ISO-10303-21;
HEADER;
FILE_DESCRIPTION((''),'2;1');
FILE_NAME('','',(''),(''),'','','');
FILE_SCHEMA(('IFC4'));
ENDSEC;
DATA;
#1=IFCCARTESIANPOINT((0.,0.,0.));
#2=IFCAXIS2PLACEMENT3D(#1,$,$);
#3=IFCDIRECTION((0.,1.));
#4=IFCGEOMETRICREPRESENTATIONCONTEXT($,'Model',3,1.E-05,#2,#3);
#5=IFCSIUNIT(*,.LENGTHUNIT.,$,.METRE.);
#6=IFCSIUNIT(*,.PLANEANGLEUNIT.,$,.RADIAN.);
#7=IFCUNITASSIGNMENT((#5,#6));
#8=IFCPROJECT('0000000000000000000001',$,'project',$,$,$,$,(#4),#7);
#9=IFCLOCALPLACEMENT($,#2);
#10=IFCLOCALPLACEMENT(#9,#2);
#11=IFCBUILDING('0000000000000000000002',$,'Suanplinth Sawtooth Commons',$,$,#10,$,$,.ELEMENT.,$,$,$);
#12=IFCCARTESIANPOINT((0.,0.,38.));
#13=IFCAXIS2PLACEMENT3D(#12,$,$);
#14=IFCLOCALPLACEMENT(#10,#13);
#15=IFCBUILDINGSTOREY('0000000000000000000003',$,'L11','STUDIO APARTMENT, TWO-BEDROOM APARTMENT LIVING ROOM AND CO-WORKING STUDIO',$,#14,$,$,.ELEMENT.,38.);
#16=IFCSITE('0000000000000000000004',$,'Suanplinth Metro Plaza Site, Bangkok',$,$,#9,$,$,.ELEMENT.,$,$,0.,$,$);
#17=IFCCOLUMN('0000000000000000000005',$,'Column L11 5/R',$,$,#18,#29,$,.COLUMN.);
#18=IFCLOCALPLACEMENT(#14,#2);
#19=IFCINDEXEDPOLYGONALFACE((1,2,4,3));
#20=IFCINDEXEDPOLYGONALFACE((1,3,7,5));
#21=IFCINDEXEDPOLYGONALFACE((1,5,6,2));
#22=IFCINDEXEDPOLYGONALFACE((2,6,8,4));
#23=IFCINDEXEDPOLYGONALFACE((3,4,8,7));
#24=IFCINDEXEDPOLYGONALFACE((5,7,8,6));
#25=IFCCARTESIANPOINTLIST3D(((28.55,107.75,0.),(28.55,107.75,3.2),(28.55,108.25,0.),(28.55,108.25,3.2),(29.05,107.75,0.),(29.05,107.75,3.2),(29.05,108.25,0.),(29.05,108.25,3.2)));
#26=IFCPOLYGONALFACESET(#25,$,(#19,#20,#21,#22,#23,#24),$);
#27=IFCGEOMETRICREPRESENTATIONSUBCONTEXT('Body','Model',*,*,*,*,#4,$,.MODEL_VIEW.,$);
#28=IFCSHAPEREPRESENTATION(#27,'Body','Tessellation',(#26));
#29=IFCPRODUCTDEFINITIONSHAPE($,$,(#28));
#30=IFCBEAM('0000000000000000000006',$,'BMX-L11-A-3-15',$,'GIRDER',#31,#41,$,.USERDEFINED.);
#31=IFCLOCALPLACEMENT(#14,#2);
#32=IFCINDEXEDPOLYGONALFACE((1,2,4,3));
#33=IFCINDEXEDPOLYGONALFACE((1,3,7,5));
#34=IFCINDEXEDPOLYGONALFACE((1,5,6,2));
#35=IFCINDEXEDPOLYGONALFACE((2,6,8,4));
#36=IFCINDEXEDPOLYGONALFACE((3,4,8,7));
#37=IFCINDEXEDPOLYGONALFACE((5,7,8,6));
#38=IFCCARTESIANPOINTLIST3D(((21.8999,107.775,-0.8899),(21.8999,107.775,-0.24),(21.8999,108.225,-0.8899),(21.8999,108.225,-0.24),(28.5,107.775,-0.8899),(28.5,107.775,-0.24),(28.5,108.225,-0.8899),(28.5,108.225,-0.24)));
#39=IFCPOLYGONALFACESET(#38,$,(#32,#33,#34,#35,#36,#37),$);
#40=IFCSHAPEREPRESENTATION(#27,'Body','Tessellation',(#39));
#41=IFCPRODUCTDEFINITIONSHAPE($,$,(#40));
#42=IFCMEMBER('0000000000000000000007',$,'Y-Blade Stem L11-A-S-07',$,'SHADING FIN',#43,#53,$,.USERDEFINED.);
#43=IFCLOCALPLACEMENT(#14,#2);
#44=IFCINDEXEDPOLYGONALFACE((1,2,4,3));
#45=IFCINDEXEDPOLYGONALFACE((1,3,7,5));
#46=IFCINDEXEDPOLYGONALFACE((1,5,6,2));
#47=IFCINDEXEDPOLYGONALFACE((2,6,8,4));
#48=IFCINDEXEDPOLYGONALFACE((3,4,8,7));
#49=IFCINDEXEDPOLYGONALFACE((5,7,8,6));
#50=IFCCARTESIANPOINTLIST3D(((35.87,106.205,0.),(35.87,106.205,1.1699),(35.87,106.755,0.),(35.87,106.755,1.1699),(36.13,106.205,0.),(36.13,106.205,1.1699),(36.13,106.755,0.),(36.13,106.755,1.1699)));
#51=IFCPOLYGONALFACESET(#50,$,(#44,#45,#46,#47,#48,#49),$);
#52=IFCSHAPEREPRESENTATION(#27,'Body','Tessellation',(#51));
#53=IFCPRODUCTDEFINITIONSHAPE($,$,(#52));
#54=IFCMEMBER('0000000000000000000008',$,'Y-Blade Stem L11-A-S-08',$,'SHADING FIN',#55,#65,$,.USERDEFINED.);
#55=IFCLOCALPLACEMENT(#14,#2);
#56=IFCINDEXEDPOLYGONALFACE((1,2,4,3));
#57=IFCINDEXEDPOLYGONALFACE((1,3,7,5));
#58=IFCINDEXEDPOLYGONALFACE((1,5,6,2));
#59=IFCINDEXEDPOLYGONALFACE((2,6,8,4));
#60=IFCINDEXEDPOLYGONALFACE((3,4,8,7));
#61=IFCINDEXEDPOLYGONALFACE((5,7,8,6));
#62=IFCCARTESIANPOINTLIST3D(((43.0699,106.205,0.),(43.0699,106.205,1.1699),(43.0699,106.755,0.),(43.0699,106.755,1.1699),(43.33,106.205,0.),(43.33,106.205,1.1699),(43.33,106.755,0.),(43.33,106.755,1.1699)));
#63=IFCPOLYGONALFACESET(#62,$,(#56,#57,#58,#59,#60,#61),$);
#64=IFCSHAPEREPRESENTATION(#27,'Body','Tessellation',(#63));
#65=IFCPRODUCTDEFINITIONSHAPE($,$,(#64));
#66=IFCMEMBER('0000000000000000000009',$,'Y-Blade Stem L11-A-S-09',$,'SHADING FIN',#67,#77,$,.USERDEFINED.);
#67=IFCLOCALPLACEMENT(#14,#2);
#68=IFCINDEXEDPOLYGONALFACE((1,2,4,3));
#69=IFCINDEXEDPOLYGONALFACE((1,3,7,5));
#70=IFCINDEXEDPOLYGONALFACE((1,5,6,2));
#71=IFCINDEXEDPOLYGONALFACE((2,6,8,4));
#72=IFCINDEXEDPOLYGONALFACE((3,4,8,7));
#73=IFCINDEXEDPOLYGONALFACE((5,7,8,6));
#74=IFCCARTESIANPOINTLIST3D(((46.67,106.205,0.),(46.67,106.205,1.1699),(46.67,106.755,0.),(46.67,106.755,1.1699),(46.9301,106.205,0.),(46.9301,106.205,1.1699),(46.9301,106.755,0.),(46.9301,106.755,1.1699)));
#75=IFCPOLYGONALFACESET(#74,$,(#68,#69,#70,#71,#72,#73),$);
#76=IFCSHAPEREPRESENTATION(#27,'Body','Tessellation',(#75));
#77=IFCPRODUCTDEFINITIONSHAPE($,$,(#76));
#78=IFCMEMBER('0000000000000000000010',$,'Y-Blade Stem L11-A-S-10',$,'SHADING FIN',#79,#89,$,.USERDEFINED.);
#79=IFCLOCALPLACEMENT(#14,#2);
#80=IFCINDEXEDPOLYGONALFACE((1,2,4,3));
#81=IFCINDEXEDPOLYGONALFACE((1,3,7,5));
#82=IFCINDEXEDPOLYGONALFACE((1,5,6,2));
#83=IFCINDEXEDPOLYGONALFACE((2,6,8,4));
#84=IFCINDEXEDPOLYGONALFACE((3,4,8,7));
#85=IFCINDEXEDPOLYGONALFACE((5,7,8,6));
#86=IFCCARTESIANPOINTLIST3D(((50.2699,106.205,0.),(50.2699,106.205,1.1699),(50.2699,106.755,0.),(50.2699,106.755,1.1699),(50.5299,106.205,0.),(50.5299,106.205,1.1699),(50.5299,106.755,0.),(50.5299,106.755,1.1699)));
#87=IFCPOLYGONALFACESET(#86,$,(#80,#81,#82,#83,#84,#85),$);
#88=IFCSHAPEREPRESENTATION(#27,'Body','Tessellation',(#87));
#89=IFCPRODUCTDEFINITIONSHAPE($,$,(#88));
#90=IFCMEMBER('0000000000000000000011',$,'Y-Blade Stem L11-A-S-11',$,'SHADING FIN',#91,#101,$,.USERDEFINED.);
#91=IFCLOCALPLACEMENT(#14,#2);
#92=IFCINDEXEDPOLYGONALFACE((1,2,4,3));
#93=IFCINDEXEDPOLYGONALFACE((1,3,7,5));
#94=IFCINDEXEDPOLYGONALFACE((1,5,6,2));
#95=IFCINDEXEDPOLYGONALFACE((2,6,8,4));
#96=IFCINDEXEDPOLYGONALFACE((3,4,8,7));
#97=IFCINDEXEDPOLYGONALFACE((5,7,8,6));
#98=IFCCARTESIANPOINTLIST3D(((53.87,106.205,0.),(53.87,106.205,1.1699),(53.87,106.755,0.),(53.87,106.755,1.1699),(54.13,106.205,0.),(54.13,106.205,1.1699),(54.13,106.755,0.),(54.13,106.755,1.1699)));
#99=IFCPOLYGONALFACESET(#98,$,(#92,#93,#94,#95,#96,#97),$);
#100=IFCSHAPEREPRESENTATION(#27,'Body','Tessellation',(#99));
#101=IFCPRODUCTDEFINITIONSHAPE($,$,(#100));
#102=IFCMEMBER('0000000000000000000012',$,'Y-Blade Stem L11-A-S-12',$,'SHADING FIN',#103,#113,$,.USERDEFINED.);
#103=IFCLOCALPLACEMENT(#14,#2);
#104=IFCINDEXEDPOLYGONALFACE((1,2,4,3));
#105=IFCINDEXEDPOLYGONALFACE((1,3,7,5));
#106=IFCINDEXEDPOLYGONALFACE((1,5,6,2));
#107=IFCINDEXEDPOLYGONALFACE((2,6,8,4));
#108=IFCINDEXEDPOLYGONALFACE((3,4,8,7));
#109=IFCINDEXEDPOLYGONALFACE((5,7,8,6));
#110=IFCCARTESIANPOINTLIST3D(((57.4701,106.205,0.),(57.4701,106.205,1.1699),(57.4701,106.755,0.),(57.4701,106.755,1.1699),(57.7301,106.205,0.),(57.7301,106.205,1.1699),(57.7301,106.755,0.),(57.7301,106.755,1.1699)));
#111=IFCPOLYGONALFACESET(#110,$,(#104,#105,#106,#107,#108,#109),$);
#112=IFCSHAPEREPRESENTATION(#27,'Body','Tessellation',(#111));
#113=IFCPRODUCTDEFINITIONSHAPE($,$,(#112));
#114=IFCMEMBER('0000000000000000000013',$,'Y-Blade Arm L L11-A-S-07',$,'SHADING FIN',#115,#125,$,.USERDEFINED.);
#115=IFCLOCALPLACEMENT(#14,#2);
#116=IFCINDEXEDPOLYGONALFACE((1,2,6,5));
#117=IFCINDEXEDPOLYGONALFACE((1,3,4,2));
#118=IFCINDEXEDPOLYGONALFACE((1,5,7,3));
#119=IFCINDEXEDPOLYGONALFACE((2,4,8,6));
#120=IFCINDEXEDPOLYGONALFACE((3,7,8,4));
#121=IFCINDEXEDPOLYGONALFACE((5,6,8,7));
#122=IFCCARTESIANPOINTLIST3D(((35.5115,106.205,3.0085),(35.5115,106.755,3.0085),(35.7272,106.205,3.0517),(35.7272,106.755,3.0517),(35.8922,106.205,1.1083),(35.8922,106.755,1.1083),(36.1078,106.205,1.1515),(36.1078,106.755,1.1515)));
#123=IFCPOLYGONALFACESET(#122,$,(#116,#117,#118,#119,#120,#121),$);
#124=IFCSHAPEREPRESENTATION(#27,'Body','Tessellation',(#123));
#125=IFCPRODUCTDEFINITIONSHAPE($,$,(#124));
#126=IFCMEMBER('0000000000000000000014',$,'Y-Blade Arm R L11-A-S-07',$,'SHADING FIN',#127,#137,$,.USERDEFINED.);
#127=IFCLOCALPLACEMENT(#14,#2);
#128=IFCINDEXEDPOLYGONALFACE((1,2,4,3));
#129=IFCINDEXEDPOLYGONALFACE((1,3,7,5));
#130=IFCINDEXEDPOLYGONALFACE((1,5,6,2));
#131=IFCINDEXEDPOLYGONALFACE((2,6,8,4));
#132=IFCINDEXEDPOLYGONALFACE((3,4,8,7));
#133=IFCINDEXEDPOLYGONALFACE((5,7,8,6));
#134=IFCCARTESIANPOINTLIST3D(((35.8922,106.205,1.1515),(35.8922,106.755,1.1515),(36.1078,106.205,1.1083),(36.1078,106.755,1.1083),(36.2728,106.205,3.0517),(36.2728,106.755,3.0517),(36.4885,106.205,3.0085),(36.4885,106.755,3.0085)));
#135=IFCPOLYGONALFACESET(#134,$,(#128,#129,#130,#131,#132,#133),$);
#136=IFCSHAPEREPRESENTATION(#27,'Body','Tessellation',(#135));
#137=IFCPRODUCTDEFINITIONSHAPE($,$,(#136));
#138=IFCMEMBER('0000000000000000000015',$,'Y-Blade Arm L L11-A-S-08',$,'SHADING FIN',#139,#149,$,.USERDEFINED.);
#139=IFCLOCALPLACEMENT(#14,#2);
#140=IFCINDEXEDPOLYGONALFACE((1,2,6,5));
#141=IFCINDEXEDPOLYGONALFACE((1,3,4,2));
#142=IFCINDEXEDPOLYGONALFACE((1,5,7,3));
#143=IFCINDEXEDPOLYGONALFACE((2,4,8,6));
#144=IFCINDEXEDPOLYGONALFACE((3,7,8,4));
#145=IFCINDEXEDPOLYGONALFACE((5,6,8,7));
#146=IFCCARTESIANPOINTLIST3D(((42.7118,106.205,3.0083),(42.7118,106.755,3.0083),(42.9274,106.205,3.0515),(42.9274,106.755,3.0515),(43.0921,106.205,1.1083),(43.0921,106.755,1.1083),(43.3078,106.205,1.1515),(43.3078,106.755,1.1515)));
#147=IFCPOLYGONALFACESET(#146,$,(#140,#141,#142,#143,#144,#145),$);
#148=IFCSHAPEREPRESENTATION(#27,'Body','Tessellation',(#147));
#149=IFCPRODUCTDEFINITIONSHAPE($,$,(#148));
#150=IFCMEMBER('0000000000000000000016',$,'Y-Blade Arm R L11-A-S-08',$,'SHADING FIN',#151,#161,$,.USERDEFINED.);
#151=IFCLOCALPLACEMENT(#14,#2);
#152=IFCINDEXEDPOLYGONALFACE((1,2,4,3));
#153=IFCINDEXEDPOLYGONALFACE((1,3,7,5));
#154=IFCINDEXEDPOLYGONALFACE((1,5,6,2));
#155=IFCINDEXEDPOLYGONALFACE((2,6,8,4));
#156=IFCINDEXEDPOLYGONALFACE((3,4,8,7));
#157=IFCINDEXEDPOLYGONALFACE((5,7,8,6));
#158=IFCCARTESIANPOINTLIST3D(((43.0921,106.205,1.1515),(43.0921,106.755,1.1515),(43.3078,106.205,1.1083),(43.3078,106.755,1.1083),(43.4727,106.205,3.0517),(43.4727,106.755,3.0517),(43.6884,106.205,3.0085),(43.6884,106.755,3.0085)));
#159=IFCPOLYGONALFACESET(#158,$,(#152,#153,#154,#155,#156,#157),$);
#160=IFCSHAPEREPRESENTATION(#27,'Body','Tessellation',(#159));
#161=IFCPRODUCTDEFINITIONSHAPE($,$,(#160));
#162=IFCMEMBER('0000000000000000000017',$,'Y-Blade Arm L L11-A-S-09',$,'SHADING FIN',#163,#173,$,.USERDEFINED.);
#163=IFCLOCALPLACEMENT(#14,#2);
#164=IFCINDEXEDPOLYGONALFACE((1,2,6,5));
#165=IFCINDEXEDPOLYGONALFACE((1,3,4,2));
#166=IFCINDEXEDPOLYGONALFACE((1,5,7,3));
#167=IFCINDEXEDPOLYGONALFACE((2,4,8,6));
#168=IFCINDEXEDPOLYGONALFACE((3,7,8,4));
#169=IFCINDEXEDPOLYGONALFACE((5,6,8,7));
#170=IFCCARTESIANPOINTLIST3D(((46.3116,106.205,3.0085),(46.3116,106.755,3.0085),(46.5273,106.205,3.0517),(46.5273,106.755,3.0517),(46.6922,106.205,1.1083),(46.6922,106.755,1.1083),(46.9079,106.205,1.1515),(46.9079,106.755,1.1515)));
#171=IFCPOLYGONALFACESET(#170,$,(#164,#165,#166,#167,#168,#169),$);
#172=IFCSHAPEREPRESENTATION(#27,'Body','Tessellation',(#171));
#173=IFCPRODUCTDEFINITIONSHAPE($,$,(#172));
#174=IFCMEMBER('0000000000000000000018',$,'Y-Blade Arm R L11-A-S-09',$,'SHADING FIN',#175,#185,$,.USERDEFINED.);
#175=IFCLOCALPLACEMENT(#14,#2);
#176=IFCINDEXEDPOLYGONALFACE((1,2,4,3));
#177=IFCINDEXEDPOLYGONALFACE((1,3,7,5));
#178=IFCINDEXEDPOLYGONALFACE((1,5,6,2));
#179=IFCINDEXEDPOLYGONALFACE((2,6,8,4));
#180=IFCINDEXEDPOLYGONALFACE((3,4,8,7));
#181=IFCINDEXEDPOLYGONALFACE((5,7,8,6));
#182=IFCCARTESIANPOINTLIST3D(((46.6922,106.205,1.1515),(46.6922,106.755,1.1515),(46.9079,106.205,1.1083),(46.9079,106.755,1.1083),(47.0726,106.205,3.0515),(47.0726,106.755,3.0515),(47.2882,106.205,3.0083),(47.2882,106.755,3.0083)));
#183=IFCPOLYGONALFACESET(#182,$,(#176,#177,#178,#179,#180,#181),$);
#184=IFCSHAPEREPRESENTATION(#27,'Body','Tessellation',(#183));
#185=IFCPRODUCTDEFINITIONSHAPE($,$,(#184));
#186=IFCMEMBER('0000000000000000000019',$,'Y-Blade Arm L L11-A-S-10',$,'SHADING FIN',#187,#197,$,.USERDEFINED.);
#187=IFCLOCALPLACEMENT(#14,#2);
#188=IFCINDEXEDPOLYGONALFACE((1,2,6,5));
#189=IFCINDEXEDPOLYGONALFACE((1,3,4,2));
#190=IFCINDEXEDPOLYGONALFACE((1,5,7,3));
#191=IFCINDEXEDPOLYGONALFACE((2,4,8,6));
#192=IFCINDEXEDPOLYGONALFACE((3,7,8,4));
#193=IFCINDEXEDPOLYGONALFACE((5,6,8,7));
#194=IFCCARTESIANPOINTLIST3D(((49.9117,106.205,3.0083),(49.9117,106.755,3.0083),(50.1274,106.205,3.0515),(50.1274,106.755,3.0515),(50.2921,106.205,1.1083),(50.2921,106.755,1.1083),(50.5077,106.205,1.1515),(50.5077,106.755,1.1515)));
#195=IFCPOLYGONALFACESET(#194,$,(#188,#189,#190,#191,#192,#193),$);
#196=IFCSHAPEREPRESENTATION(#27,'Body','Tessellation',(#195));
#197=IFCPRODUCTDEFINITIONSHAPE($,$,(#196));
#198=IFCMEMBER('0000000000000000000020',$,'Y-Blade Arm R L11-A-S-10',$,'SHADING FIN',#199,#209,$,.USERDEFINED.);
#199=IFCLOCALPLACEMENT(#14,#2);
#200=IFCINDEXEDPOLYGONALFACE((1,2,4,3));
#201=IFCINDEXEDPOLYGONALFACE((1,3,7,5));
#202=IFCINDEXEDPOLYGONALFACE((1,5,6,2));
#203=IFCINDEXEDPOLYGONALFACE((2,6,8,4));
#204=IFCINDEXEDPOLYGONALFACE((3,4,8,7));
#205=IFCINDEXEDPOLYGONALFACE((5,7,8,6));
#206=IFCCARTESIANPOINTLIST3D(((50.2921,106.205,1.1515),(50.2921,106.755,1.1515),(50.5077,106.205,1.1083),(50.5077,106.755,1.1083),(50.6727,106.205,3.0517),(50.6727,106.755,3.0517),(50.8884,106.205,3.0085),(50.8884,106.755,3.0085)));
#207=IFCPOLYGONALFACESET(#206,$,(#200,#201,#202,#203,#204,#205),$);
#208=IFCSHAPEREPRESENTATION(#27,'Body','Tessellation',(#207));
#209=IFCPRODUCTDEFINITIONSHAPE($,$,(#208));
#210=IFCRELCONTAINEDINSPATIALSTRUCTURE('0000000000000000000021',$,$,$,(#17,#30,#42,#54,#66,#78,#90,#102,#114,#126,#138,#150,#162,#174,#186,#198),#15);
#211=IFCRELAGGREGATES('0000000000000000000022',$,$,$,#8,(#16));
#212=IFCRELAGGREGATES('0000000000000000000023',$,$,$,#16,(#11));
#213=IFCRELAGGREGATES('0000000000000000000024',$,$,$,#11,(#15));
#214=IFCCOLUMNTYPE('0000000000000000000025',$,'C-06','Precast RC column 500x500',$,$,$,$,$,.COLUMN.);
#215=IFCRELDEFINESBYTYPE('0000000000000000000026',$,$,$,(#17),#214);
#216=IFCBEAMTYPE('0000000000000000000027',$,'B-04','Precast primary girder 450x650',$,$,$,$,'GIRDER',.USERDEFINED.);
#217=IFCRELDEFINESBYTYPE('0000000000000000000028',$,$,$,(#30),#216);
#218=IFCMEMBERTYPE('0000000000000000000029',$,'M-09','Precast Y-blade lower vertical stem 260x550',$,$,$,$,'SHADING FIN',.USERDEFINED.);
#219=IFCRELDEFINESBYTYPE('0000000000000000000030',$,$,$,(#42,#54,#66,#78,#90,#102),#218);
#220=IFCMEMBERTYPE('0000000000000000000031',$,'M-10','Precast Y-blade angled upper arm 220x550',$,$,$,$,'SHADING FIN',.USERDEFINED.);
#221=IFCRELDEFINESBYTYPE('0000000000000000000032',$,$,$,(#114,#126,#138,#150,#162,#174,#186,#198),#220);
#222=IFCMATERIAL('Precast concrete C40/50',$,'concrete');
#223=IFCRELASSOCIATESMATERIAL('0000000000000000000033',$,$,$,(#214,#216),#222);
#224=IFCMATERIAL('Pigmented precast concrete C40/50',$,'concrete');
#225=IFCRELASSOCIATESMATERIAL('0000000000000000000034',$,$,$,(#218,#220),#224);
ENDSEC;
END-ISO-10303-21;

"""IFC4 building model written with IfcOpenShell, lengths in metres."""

from ifc_helpers import new_model, si_unit, direction, frame, origin, origin_2d, place, context, subcontext, project, spatial, rectangle, extrude, material, material_profile, profile_set, type_object, element, save


model = new_model("IFC4")

# Units and contexts
model_context = context("Model", 3, precision=1e-05, world=origin(), true_north=direction((0.0, 1.0)))
body_context = subcontext(model_context, "Body", "Model", "MODEL_VIEW")
ifc_project = project(units=[si_unit("LENGTHUNIT", "METRE"), si_unit("PLANEANGLEUNIT", "RADIAN")], contexts=[model_context])

# Site, building, storey
site_placement = place(None, origin())
site = spatial("IfcSite", under=ifc_project, at=site_placement, Name="Suanplinth Metro Plaza Site, Bangkok", CompositionType="ELEMENT", RefElevation=0.0)
building_placement = place(site_placement, origin())
building = spatial("IfcBuilding", under=site, at=building_placement, Name="Suanplinth Sawtooth Commons", CompositionType="ELEMENT")
storey_placement = place(building_placement, frame((0.0, 0.0, 38.0)))
storey = spatial("IfcBuildingStorey", under=building, at=storey_placement, Name="L11", Description="STUDIO APARTMENT, TWO-BEDROOM APARTMENT LIVING ROOM AND CO-WORKING STUDIO", CompositionType="ELEMENT", Elevation=38.0)

# Column
ifc_material_1 = material(Name="Precast concrete C40/50", Category="concrete")
ifc_material_profile_1 = material_profile(ifc_material_1, rectangle(XDim=0.5, YDim=0.5, at=origin_2d()), Name="PC-COL 500x500")
ifc_profile_set_1 = profile_set([ifc_material_profile_1], Name="Precast concrete C40/50")
column_type = type_object("IfcColumnType", Name="C-06", Description="Precast RC column 500x500", PredefinedType="COLUMN", material=ifc_profile_set_1)
column_placement = place(storey_placement, frame((28.8, 108.0, 0.0), z_axis=(0.0, 0.0, 1.0), x_axis=(1.0, 0.0, 0.0)))
element("IfcColumn", 1, at=column_placement, inside=storey, type_object=column_type, Name="Column L11 5/R", PredefinedType="COLUMN", context=body_context, shape_type="SweptSolid", body=[
    extrude(rectangle(XDim=0.5, YDim=0.5, at=origin_2d()), origin(), (0.0, 0.0, 1.0), 3.2),
])

# Beam
ifc_material_profile_2 = material_profile(ifc_material_1, rectangle(XDim=0.45, YDim=0.6499, at=origin_2d()), Name="PC-GDR 450x650")
ifc_profile_set_2 = profile_set([ifc_material_profile_2], Name="Precast concrete C40/50")
beam_type = type_object("IfcBeamType", Name="B-04", Description="Precast primary girder 450x650", ElementType="GIRDER", PredefinedType="USERDEFINED", material=ifc_profile_set_2)
beam_placement = place(storey_placement, frame((21.8999, 108.0, -0.5649), z_axis=(1.0, 0.0, 0.0), x_axis=(0.0, 1.0, 0.0)))
element("IfcBeam", 2, at=beam_placement, inside=storey, type_object=beam_type, Name="BMX-L11-A-3-15", ObjectType="GIRDER", PredefinedType="USERDEFINED", context=body_context, shape_type="SweptSolid", body=[
    extrude(rectangle(XDim=0.45, YDim=0.6499, at=origin_2d()), origin(), (0.0, 0.0, 1.0), 6.6001),
])

# Members
ifc_material_2 = material(Name="Pigmented precast concrete C40/50", Category="concrete")
ifc_material_profile_3 = material_profile(ifc_material_2, rectangle(XDim=0.26, YDim=0.55, at=origin_2d()), Name="PC-FIN 260x550")
ifc_profile_set_3 = profile_set([ifc_material_profile_3], Name="Pigmented precast concrete C40/50")
member_type_1 = type_object("IfcMemberType", Name="M-09", Description="Precast Y-blade lower vertical stem 260x550", ElementType="SHADING FIN", PredefinedType="USERDEFINED", material=ifc_profile_set_3)
for number, where, z_axis, x_axis, name in (
    (3, (36.0, 106.48, 0.0), (0.0, 0.0, 1.0), (1.0, 0.0, 0.0), "Y-Blade Stem L11-A-S-07"),
    (4, (43.2, 106.48, 0.0), (0.0, 0.0, 1.0), (1.0, 0.0, 0.0), "Y-Blade Stem L11-A-S-08"),
    (5, (46.8, 106.48, 0.0), (0.0, 0.0, 1.0), (1.0, 0.0, 0.0), "Y-Blade Stem L11-A-S-09"),
    (6, (50.3999, 106.48, 0.0), (0.0, 0.0, 1.0), (1.0, 0.0, 0.0), "Y-Blade Stem L11-A-S-10"),
    (7, (54.0, 106.48, 0.0), (0.0, 0.0, 1.0), (1.0, 0.0, 0.0), "Y-Blade Stem L11-A-S-11"),
    (8, (57.6001, 106.48, 0.0), (0.0, 0.0, 1.0), (1.0, 0.0, 0.0), "Y-Blade Stem L11-A-S-12"),
):
    element("IfcMember", number, at=place(storey_placement, frame(where, z_axis=z_axis, x_axis=x_axis)), inside=storey, type_object=member_type_1, Name=name, ObjectType="SHADING FIN", PredefinedType="USERDEFINED", context=body_context, shape_type="SweptSolid", body=[
        extrude(rectangle(XDim=0.26, YDim=0.55, at=origin_2d()), origin(), (0.0, 0.0, 1.0), 1.1699),
    ])
ifc_material_profile_4 = material_profile(ifc_material_2, rectangle(XDim=0.22, YDim=0.55, at=origin_2d()), Name="PC-FIN 220x550")
ifc_profile_set_4 = profile_set([ifc_material_profile_4], Name="Pigmented precast concrete C40/50")
member_type_2 = type_object("IfcMemberType", Name="M-10", Description="Precast Y-blade angled upper arm 220x550", ElementType="SHADING FIN", PredefinedType="USERDEFINED", material=ifc_profile_set_4)
for number, where, z_axis, x_axis, name in (
    (9, (36.0, 106.48, 1.1299), (-0.196407, 0.0, 0.980522), (0.980522, 0.0, 0.196407), "Y-Blade Arm L L11-A-S-07"),
    (10, (36.0, 106.48, 1.1299), (0.196407, 0.0, 0.980522), (-0.980522, 0.0, 0.196407), "Y-Blade Arm R L11-A-S-07"),
):
    element("IfcMember", number, at=place(storey_placement, frame(where, z_axis=z_axis, x_axis=x_axis)), inside=storey, type_object=member_type_2, Name=name, ObjectType="SHADING FIN", PredefinedType="USERDEFINED", context=body_context, shape_type="SweptSolid", body=[
        extrude(rectangle(XDim=0.22, YDim=0.55, at=origin_2d()), origin(), (0.0, 0.0, 1.0), 1.938),
    ])
member_1_placement = place(storey_placement, frame((43.2, 106.48, 1.1299), z_axis=(-0.196286, 0.0, 0.980547), x_axis=(0.980547, 0.0, 0.196286)))
element("IfcMember", 11, at=member_1_placement, inside=storey, type_object=member_type_2, Name="Y-Blade Arm L L11-A-S-08", ObjectType="SHADING FIN", PredefinedType="USERDEFINED", context=body_context, shape_type="SweptSolid", body=[
    extrude(rectangle(XDim=0.22, YDim=0.55, at=origin_2d()), origin(), (0.0, 0.0, 1.0), 1.9377),
])
for number, where, z_axis, x_axis, name in (
    (12, (43.2, 106.48, 1.1299), (0.196407, 0.0, 0.980522), (-0.980522, 0.0, 0.196407), "Y-Blade Arm R L11-A-S-08"),
    (13, (46.8, 106.48, 1.1299), (-0.196407, 0.0, 0.980522), (0.980522, 0.0, 0.196407), "Y-Blade Arm L L11-A-S-09"),
):
    element("IfcMember", number, at=place(storey_placement, frame(where, z_axis=z_axis, x_axis=x_axis)), inside=storey, type_object=member_type_2, Name=name, ObjectType="SHADING FIN", PredefinedType="USERDEFINED", context=body_context, shape_type="SweptSolid", body=[
        extrude(rectangle(XDim=0.22, YDim=0.55, at=origin_2d()), origin(), (0.0, 0.0, 1.0), 1.938),
    ])
for number, where, z_axis, x_axis, name in (
    (14, (46.8, 106.48, 1.1299), (0.196286, 0.0, 0.980547), (-0.980547, 0.0, 0.196286), "Y-Blade Arm R L11-A-S-09"),
    (15, (50.3999, 106.48, 1.1299), (-0.196286, 0.0, 0.980547), (0.980547, 0.0, 0.196286), "Y-Blade Arm L L11-A-S-10"),
):
    element("IfcMember", number, at=place(storey_placement, frame(where, z_axis=z_axis, x_axis=x_axis)), inside=storey, type_object=member_type_2, Name=name, ObjectType="SHADING FIN", PredefinedType="USERDEFINED", context=body_context, shape_type="SweptSolid", body=[
        extrude(rectangle(XDim=0.22, YDim=0.55, at=origin_2d()), origin(), (0.0, 0.0, 1.0), 1.9377),
    ])
for number, where, z_axis, x_axis, name in (
    (16, (50.3999, 106.48, 1.1299), (0.196407, 0.0, 0.980522), (-0.980522, 0.0, 0.196407), "Y-Blade Arm R L11-A-S-10"),
):
    element("IfcMember", number, at=place(storey_placement, frame(where, z_axis=z_axis, x_axis=x_axis)), inside=storey, type_object=member_type_2, Name=name, ObjectType="SHADING FIN", PredefinedType="USERDEFINED", context=body_context, shape_type="SweptSolid", body=[
        extrude(rectangle(XDim=0.22, YDim=0.55, at=origin_2d()), origin(), (0.0, 0.0, 1.0), 1.938),
    ])

save(model, "model.ifc")
